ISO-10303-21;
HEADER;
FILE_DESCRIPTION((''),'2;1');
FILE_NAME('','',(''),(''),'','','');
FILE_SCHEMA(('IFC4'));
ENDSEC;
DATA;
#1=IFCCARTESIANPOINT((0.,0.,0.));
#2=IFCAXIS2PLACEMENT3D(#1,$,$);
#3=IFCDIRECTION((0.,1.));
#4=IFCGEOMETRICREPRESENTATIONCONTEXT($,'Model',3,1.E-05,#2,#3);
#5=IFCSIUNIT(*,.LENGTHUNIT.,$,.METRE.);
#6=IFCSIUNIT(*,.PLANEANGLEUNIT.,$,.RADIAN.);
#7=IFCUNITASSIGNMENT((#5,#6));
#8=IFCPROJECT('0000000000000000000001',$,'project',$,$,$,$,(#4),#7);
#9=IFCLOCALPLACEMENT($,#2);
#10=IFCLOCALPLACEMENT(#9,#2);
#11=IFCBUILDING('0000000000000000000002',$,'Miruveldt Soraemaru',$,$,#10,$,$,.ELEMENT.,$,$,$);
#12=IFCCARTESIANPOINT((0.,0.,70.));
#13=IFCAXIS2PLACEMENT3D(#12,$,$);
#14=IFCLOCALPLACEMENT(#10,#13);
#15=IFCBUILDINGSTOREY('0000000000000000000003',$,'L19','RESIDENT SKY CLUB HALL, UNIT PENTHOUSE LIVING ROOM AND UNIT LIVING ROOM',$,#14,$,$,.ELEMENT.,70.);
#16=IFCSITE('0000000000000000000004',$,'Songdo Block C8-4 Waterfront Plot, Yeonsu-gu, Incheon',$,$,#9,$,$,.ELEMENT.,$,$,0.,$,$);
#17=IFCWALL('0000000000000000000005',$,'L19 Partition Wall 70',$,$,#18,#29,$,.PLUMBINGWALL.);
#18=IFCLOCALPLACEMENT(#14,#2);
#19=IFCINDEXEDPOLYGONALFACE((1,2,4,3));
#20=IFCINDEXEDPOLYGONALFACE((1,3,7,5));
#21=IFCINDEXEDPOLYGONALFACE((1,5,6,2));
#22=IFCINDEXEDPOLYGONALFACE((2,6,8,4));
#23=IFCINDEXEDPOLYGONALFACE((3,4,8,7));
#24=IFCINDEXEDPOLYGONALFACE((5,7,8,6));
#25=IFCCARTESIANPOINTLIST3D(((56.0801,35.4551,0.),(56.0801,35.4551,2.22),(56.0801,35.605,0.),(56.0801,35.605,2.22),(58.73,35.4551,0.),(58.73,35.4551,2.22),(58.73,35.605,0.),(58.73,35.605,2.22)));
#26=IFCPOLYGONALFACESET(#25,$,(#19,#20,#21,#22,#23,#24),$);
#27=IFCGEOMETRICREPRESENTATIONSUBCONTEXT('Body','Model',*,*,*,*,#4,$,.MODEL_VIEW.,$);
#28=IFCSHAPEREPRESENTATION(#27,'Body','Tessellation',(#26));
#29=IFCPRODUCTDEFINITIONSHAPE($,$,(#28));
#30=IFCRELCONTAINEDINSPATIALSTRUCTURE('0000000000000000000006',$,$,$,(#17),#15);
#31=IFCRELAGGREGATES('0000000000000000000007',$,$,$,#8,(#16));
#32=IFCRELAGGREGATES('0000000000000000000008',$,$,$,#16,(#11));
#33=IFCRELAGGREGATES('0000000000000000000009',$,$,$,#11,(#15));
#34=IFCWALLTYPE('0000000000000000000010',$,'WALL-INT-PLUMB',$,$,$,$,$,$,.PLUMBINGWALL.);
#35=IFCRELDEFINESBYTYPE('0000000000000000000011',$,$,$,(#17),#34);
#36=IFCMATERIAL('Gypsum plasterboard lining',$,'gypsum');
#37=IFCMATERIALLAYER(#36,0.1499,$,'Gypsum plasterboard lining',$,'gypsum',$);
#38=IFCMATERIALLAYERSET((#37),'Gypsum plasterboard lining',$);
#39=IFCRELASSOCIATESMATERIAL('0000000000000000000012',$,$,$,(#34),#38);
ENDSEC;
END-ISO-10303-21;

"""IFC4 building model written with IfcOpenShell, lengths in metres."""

from ifc_helpers import new_model, si_unit, direction, frame, frame_2d, origin, place, context, subcontext, project, spatial, rectangle, extrude, material, layer, layer_set, type_object, element, save


model = new_model("IFC4")

# Units and contexts
model_context = context("Model", 3, precision=1e-05, world=origin(), true_north=direction((0.0, 1.0)))
body_context = subcontext(model_context, "Body", "Model", "MODEL_VIEW")
ifc_project = project(units=[si_unit("LENGTHUNIT", "METRE"), si_unit("PLANEANGLEUNIT", "RADIAN")], contexts=[model_context])

# Site, building, storey
site_placement = place(None, origin())
site = spatial("IfcSite", under=ifc_project, at=site_placement, Name="Songdo Block C8-4 Waterfront Plot, Yeonsu-gu, Incheon", CompositionType="ELEMENT", RefElevation=0.0)
building_placement = place(site_placement, origin())
building = spatial("IfcBuilding", under=site, at=building_placement, Name="Miruveldt Soraemaru", CompositionType="ELEMENT")
storey_placement = place(building_placement, frame((0.0, 0.0, 70.0)))
storey = spatial("IfcBuildingStorey", under=building, at=storey_placement, Name="L19", Description="RESIDENT SKY CLUB HALL, UNIT PENTHOUSE LIVING ROOM AND UNIT LIVING ROOM", CompositionType="ELEMENT", Elevation=70.0)

# Shared definitions
ifc_material_1 = material(Name="Gypsum plasterboard lining", Category="gypsum")

# Shared definitions
ifc_layer_1 = layer(ifc_material_1, 0.1499, Name="Gypsum plasterboard lining", Category="gypsum")
ifc_layer_set_1 = layer_set([ifc_layer_1], Name="Gypsum plasterboard lining")
wall_type_1 = type_object("IfcWallType", Name="WALL-INT-PLUMB", PredefinedType="PLUMBINGWALL", material=ifc_layer_set_1)

# Wall
wall_1_placement = place(storey_placement, frame((56.0801, 35.53, 0.0), z_axis=(0.0, 0.0, 1.0), x_axis=(1.0, 0.0, 0.0)))
element("IfcWall", 1, at=wall_1_placement, inside=storey, type_object=wall_type_1, Name="L19 Partition Wall 70", PredefinedType="PLUMBINGWALL", context=body_context, shape_type="SweptSolid", body=[
    extrude(rectangle(XDim=2.6499, YDim=0.1499, at=frame_2d((1.325, 0.0))), origin(), (0.0, 0.0, 1.0), 2.22),
])

save(model, "model.ifc")
